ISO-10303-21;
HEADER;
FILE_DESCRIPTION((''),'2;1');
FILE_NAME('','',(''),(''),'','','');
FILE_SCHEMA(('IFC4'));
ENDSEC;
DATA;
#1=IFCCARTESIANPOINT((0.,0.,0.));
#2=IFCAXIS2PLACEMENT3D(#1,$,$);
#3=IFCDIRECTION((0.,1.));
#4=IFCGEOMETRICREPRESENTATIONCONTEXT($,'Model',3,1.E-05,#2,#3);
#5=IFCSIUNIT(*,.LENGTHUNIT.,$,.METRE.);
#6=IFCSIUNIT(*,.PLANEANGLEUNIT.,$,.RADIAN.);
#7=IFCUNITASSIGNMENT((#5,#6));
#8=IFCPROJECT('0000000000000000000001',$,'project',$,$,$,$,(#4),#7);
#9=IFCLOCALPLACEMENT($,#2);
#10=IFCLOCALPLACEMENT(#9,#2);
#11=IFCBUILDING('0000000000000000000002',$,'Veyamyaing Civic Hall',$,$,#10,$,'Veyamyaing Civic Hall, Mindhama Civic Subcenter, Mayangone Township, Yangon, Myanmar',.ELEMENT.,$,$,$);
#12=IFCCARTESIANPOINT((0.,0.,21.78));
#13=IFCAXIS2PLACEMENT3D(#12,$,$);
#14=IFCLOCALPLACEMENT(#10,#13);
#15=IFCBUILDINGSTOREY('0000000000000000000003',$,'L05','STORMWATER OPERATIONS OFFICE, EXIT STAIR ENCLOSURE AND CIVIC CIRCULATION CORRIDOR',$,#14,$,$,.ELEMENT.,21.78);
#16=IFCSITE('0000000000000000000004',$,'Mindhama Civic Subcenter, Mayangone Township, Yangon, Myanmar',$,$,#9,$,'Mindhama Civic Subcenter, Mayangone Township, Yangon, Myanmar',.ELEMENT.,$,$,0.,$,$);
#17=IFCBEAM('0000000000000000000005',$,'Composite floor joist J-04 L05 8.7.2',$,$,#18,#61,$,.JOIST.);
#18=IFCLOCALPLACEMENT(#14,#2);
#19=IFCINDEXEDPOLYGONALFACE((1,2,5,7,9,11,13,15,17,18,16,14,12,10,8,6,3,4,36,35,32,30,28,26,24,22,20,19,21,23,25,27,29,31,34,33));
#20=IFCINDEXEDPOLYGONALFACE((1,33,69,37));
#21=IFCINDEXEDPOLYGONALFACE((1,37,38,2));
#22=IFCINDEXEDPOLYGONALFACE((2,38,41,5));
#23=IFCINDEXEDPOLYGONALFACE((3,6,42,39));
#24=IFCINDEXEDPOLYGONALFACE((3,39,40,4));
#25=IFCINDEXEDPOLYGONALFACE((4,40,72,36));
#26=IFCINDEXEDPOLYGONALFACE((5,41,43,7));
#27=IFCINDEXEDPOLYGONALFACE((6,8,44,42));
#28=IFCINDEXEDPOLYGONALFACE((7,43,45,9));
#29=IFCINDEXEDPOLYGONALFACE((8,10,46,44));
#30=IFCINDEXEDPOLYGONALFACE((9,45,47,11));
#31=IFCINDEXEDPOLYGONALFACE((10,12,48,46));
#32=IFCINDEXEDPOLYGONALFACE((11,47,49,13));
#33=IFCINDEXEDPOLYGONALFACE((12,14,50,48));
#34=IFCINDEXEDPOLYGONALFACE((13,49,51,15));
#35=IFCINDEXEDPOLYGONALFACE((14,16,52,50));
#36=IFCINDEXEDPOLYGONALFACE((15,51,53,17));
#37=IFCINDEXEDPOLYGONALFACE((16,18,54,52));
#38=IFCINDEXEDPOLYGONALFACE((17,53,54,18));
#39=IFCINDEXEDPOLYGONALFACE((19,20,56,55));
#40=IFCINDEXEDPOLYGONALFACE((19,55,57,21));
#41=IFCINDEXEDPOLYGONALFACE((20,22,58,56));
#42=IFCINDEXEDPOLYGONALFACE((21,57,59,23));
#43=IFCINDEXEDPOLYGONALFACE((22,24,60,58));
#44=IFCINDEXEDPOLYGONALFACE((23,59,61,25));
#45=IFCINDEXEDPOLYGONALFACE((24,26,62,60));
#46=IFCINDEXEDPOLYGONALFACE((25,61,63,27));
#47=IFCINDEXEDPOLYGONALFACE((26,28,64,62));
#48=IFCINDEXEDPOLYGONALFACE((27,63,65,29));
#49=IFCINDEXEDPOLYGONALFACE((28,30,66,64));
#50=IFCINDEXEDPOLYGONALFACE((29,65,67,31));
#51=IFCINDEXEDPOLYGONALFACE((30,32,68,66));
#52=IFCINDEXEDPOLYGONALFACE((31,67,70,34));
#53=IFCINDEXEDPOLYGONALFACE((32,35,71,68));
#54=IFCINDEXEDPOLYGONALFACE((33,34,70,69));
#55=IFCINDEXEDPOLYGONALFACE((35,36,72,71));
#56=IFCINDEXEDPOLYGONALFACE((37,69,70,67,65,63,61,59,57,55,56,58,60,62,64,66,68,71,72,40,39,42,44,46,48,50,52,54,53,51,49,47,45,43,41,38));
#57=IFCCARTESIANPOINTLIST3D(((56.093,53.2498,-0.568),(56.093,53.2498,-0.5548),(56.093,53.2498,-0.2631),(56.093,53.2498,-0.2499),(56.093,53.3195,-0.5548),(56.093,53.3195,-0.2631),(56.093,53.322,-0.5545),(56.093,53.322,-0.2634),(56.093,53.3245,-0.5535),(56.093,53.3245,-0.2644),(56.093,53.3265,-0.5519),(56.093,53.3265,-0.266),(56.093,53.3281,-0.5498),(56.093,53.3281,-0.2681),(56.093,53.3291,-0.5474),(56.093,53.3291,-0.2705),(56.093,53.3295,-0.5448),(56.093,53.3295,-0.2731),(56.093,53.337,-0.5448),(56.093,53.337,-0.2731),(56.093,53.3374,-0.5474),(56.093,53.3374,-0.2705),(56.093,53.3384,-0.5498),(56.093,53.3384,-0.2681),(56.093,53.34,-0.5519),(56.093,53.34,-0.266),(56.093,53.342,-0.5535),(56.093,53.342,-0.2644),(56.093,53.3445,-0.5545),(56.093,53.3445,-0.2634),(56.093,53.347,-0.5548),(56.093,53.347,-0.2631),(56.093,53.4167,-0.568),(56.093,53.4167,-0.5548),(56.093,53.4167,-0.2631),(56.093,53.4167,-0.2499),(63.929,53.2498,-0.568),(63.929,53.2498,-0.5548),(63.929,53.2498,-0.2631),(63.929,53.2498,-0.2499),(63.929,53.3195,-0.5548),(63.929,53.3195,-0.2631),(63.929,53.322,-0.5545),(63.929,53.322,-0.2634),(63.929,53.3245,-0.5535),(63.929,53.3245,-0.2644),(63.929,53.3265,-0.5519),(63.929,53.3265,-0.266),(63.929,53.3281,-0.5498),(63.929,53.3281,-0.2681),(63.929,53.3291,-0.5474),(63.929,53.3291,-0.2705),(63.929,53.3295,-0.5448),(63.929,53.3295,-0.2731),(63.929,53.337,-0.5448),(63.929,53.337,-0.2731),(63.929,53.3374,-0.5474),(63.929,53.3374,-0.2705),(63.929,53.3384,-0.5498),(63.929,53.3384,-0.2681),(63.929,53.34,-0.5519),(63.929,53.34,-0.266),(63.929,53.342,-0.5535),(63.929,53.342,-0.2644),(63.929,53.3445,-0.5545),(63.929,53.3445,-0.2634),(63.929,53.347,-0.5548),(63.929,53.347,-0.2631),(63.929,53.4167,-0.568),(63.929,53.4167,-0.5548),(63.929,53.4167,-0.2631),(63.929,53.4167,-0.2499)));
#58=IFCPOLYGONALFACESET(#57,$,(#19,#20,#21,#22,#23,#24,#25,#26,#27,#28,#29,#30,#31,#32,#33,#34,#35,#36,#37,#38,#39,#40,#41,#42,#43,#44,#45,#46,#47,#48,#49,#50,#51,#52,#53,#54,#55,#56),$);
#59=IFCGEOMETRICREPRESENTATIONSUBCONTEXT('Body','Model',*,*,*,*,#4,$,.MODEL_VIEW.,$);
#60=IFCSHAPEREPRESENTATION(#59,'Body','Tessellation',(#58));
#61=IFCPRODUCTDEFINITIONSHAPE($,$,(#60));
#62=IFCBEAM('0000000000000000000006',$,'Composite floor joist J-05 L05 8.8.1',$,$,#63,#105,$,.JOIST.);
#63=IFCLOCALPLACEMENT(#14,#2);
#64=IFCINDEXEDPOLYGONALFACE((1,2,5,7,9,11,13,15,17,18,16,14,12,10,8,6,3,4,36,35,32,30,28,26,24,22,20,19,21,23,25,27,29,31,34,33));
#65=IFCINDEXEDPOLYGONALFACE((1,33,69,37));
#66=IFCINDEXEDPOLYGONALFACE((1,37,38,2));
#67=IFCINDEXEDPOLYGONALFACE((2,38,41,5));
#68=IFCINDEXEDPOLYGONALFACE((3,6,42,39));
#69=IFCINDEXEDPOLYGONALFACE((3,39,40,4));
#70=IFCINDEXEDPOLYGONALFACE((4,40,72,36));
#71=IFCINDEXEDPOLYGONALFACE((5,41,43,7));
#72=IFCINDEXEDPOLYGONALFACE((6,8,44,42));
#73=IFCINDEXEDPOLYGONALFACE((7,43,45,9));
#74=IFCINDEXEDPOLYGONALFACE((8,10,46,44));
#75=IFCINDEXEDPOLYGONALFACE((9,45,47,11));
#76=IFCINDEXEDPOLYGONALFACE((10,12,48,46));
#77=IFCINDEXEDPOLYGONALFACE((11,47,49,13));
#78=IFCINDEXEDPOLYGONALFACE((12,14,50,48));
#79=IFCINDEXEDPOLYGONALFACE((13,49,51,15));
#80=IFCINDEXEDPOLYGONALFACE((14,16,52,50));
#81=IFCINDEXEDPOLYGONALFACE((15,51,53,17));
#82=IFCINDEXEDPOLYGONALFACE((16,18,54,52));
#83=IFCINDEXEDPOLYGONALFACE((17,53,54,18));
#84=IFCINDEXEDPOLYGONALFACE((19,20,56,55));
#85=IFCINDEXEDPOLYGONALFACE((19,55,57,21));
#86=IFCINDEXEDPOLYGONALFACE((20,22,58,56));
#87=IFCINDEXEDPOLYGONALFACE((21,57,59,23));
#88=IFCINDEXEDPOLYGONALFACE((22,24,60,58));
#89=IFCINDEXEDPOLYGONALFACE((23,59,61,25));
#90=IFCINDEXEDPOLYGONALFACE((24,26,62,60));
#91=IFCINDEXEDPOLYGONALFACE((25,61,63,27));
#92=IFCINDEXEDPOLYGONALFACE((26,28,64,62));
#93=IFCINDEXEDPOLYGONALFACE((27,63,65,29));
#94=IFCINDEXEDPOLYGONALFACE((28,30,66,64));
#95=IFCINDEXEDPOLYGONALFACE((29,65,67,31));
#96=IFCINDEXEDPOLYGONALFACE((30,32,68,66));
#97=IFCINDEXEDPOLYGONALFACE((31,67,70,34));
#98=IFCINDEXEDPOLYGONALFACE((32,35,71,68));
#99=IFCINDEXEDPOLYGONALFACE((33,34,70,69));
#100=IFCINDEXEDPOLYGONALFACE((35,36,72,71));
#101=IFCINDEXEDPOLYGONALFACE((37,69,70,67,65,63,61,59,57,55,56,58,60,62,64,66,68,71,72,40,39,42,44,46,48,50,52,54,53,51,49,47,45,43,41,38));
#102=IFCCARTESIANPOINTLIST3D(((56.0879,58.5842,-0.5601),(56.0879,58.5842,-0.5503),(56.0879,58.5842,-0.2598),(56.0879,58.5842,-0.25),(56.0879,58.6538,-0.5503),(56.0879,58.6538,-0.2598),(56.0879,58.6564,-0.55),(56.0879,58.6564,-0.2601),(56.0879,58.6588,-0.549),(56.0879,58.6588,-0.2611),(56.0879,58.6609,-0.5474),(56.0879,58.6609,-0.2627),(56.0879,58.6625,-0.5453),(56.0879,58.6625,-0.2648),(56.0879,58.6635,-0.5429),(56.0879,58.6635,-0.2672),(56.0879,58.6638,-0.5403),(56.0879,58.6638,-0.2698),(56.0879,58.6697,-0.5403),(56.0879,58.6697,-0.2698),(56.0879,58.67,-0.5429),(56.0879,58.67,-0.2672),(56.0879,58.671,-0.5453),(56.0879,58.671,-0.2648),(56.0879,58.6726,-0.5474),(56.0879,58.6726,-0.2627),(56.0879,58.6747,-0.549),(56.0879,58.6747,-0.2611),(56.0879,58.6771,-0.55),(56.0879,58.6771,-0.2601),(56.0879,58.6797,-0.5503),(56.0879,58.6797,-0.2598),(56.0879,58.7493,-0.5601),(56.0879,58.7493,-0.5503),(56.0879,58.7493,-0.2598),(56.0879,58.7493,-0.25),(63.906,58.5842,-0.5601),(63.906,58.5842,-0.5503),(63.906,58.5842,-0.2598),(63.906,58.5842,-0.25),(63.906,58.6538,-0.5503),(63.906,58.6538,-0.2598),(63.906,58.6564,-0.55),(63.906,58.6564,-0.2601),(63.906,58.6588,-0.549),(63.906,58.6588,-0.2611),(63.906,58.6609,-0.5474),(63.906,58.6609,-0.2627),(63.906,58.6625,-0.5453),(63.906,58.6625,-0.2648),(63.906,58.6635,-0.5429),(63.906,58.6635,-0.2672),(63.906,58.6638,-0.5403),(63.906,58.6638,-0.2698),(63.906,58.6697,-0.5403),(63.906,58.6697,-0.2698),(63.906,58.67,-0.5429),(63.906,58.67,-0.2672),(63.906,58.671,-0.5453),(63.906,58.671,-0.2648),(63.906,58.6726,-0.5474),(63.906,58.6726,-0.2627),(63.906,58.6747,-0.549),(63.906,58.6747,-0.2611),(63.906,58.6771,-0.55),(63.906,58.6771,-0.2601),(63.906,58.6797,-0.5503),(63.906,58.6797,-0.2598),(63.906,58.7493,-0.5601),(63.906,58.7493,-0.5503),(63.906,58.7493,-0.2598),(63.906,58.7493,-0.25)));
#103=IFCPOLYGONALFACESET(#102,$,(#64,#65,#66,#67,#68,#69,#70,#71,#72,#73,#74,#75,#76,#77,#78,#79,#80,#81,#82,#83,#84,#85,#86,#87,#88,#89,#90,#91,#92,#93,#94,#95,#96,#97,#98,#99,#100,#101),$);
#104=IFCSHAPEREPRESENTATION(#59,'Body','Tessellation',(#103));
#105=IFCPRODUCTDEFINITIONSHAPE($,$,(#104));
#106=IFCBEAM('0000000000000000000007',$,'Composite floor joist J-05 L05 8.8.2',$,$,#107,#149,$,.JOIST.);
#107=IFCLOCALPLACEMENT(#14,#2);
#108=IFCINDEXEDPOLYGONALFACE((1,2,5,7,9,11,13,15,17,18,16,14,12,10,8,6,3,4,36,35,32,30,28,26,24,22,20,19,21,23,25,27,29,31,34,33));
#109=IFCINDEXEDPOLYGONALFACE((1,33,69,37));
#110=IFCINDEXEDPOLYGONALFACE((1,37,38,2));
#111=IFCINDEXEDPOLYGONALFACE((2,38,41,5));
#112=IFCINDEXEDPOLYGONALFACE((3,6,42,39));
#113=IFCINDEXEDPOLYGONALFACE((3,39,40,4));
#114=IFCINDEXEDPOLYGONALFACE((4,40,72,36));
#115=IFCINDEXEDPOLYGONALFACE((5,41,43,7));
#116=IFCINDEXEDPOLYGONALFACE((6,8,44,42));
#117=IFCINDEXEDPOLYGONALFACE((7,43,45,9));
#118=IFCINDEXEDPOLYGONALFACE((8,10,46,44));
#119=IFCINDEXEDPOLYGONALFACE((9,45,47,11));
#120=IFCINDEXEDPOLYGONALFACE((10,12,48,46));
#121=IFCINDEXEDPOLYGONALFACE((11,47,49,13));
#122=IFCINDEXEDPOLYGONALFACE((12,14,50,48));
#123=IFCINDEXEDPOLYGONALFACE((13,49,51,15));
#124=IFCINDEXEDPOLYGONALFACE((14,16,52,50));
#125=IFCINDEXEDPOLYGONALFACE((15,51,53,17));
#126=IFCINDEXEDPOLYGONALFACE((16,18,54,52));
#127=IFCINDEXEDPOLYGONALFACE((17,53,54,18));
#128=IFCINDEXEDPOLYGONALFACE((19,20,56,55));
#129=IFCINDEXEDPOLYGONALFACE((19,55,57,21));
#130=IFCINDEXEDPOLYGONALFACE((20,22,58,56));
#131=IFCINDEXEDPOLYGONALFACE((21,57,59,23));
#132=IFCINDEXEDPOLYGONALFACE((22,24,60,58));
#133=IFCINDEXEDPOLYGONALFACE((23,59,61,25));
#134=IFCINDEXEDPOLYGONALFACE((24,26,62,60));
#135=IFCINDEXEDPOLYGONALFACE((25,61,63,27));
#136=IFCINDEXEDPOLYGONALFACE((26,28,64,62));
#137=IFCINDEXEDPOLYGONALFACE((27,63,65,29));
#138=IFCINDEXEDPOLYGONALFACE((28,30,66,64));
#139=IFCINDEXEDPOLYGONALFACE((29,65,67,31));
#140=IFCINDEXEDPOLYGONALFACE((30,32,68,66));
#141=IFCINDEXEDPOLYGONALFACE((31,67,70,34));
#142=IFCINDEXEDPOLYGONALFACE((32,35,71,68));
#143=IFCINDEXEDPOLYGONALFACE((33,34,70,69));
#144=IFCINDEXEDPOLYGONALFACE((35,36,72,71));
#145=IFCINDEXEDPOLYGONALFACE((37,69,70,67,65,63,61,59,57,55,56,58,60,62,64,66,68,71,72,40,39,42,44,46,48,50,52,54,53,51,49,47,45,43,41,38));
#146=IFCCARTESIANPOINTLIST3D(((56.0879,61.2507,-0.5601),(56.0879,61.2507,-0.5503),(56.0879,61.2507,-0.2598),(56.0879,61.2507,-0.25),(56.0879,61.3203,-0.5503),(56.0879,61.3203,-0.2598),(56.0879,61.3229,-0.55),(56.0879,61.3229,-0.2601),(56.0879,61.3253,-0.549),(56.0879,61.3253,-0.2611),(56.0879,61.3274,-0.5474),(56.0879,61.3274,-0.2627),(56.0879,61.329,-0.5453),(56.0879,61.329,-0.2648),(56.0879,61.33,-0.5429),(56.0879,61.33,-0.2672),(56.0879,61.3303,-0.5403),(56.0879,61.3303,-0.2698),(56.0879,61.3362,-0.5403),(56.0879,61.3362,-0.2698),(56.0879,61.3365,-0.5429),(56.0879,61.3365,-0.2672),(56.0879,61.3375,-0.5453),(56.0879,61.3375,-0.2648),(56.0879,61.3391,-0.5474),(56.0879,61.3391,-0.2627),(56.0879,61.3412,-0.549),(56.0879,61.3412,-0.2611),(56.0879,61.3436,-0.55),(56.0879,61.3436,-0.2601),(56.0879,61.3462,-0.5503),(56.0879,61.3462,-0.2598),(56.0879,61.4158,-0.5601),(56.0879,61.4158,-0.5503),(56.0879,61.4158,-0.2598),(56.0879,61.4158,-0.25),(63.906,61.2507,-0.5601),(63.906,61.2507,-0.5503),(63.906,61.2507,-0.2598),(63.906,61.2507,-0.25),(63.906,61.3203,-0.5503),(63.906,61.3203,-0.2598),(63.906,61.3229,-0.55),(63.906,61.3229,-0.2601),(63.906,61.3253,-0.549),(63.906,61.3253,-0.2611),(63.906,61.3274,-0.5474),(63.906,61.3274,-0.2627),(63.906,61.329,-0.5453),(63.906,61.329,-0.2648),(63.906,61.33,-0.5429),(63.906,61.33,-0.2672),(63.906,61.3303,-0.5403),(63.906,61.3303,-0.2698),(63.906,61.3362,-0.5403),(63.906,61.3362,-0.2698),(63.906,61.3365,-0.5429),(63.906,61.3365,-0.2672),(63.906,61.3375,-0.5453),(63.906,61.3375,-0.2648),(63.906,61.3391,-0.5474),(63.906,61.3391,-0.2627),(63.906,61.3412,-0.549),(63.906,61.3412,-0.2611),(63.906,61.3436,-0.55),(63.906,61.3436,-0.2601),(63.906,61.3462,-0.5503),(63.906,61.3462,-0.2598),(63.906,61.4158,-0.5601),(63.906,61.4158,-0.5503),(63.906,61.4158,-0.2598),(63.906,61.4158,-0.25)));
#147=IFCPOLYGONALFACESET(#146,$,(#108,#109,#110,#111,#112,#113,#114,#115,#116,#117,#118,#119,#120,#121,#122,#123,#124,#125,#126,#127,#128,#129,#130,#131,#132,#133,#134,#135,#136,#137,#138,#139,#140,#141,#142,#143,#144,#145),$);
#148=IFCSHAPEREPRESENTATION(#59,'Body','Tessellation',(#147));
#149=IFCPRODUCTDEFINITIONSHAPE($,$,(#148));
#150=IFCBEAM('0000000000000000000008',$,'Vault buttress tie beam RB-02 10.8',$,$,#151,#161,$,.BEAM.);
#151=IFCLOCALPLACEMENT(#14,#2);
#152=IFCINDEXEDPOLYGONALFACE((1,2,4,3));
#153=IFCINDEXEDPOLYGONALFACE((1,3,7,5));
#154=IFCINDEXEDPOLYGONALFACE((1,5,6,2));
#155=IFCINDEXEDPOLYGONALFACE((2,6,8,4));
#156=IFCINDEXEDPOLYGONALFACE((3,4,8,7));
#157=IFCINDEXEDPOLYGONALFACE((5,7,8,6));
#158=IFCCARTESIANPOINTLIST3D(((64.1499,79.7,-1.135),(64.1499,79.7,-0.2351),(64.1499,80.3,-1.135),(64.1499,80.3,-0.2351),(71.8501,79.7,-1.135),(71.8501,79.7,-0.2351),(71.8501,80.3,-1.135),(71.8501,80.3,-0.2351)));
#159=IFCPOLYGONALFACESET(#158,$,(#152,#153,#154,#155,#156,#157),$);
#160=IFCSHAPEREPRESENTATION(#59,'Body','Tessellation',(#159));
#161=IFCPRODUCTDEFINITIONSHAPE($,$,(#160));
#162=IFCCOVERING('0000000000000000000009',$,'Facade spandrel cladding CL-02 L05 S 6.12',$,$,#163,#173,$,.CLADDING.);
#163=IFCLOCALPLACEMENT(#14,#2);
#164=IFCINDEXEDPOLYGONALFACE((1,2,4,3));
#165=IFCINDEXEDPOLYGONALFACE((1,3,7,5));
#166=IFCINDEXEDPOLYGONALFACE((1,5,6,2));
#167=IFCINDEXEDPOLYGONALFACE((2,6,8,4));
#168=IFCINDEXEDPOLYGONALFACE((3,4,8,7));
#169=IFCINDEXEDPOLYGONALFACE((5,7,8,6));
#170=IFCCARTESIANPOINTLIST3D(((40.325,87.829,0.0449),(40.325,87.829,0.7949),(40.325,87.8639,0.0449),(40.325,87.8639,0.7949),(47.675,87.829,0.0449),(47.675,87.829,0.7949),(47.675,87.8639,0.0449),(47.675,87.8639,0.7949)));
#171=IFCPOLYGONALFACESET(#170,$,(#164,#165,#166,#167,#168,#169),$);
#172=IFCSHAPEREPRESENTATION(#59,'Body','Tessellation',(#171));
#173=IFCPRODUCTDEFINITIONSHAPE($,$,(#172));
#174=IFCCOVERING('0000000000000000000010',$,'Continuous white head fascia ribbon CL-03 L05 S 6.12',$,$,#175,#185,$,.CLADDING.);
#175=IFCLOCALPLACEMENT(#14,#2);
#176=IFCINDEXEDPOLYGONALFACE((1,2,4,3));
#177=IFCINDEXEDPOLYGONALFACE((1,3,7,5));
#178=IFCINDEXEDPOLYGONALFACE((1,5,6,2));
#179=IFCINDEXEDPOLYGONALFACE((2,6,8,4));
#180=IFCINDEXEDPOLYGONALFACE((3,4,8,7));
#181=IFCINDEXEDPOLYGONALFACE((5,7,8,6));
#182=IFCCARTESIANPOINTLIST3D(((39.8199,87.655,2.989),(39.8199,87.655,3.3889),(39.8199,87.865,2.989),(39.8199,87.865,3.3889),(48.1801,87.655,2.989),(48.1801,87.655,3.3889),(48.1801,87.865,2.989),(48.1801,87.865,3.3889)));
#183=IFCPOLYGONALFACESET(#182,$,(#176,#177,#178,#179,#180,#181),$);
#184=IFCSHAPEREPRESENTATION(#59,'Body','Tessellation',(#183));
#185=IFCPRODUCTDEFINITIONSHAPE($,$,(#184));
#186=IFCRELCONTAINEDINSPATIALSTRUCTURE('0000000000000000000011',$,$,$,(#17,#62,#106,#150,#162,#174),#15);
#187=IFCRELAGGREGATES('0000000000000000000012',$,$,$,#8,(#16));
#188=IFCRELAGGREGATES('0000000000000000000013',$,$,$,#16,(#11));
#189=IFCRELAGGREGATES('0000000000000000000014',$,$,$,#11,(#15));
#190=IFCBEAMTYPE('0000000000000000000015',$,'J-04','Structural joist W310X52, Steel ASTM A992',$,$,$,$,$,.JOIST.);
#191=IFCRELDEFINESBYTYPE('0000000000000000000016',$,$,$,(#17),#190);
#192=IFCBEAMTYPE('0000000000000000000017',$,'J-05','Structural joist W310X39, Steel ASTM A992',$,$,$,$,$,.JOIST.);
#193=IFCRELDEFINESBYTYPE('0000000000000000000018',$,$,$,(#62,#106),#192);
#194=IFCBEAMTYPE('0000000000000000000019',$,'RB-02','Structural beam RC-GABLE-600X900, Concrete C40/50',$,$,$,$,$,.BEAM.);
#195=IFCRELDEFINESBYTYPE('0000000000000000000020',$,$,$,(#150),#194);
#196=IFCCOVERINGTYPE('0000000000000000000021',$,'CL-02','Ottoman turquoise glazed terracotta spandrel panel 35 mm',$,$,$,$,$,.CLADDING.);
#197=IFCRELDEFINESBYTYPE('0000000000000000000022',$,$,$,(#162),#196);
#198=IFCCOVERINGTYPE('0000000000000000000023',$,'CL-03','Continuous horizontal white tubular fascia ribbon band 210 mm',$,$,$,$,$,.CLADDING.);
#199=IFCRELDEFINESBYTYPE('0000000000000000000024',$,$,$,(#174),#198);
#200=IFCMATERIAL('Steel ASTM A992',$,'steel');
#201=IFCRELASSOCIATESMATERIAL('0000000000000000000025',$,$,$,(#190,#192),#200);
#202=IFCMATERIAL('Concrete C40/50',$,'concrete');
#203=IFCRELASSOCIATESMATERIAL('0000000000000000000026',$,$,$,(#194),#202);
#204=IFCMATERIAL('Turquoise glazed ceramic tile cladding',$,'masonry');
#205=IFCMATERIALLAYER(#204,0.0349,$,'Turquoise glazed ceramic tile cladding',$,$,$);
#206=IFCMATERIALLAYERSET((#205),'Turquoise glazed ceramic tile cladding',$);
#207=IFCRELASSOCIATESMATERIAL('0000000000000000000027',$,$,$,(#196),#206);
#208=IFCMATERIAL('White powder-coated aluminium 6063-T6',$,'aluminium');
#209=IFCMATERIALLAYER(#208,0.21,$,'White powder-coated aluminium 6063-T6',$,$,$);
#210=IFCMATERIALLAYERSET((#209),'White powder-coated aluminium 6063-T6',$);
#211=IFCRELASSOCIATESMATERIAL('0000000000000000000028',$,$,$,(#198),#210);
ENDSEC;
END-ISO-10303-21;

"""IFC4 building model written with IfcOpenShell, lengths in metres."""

from ifc_helpers import new_model, si_unit, direction, frame, origin, origin_2d, place, context, subcontext, project, spatial, rectangle, i_section, extrude, material, layer, layer_set, material_profile, profile_set, type_object, element, save


model = new_model("IFC4")

# Units and contexts
model_context = context("Model", 3, precision=1e-05, world=origin(), true_north=direction((0.0, 1.0)))
body_context = subcontext(model_context, "Body", "Model", "MODEL_VIEW")
ifc_project = project(units=[si_unit("LENGTHUNIT", "METRE"), si_unit("PLANEANGLEUNIT", "RADIAN")], contexts=[model_context])

# Site, building, storey
site_placement = place(None, origin())
site = spatial("IfcSite", under=ifc_project, at=site_placement, Name="Mindhama Civic Subcenter, Mayangone Township, Yangon, Myanmar", LongName="Mindhama Civic Subcenter, Mayangone Township, Yangon, Myanmar", CompositionType="ELEMENT", RefElevation=0.0)
building_placement = place(site_placement, origin())
building = spatial("IfcBuilding", under=site, at=building_placement, Name="Veyamyaing Civic Hall", LongName="Veyamyaing Civic Hall, Mindhama Civic Subcenter, Mayangone Township, Yangon, Myanmar", CompositionType="ELEMENT")
storey_placement = place(building_placement, frame((0.0, 0.0, 21.78)))
storey = spatial("IfcBuildingStorey", under=building, at=storey_placement, Name="L05", Description="STORMWATER OPERATIONS OFFICE, EXIT STAIR ENCLOSURE AND CIVIC CIRCULATION CORRIDOR", CompositionType="ELEMENT", Elevation=21.78)

# Beams
ifc_material_1 = material(Name="Steel ASTM A992", Category="steel")
ifc_material_profile_1 = material_profile(ifc_material_1, i_section(OverallWidth=0.167, OverallDepth=0.3181, WebThickness=0.0076, FlangeThickness=0.0132, FilletRadius=0.01, at=origin_2d()), Name="W310X52")
ifc_profile_set_1 = profile_set([ifc_material_profile_1], Name="Steel ASTM A992")
beam_type_1 = type_object("IfcBeamType", Name="J-04", Description="Structural joist W310X52, Steel ASTM A992", PredefinedType="JOIST", material=ifc_profile_set_1)
for number, where, z_axis, x_axis, name in (
    (1, (56.093, 53.3333, -0.4089), (1.0, 0.0, 0.0), (0.0, 1.0, 0.0), "Composite floor joist J-04 L05 8.7.2"),
):
    element("IfcBeam", number, at=place(storey_placement, frame(where, z_axis=z_axis, x_axis=x_axis)), inside=storey, type_object=beam_type_1, Name=name, PredefinedType="JOIST", context=body_context, shape_type="SweptSolid", body=[
        extrude(i_section(OverallWidth=0.167, OverallDepth=0.3181, WebThickness=0.0076, FlangeThickness=0.0132, FilletRadius=0.01, at=origin_2d()), origin(), (0.0, 0.0, 1.0), 7.8359),
    ])
ifc_material_profile_2 = material_profile(ifc_material_1, i_section(OverallWidth=0.165, OverallDepth=0.3101, WebThickness=0.0059, FlangeThickness=0.0098, FilletRadius=0.01, at=origin_2d()), Name="W310X39")
ifc_profile_set_2 = profile_set([ifc_material_profile_2], Name="Steel ASTM A992")
beam_type_2 = type_object("IfcBeamType", Name="J-05", Description="Structural joist W310X39, Steel ASTM A992", PredefinedType="JOIST", material=ifc_profile_set_2)
for number, where, z_axis, x_axis, name in (
    (2, (56.0879, 58.6667, -0.405), (1.0, 0.0, 0.0), (0.0, 1.0, 0.0), "Composite floor joist J-05 L05 8.8.1"),
    (3, (56.0879, 61.3333, -0.405), (1.0, 0.0, 0.0), (0.0, 1.0, 0.0), "Composite floor joist J-05 L05 8.8.2"),
):
    element("IfcBeam", number, at=place(storey_placement, frame(where, z_axis=z_axis, x_axis=x_axis)), inside=storey, type_object=beam_type_2, Name=name, PredefinedType="JOIST", context=body_context, shape_type="SweptSolid", body=[
        extrude(i_section(OverallWidth=0.165, OverallDepth=0.3101, WebThickness=0.0059, FlangeThickness=0.0098, FilletRadius=0.01, at=origin_2d()), origin(), (0.0, 0.0, 1.0), 7.8181),
    ])
ifc_material_2 = material(Name="Concrete C40/50", Category="concrete")
ifc_material_profile_3 = material_profile(ifc_material_2, rectangle(XDim=0.6001, YDim=0.8999, at=origin_2d()), Name="RC-GABLE-600X900")
ifc_profile_set_3 = profile_set([ifc_material_profile_3], Name="Concrete C40/50")
beam_type_3 = type_object("IfcBeamType", Name="RB-02", Description="Structural beam RC-GABLE-600X900, Concrete C40/50", PredefinedType="BEAM", material=ifc_profile_set_3)
beam_1_placement = place(storey_placement, frame((64.1499, 80.0, -0.6851), z_axis=(1.0, 0.0, 0.0), x_axis=(0.0, 1.0, 0.0)))
element("IfcBeam", 4, at=beam_1_placement, inside=storey, type_object=beam_type_3, Name="Vault buttress tie beam RB-02 10.8", PredefinedType="BEAM", context=body_context, shape_type="SweptSolid", body=[
    extrude(rectangle(XDim=0.6001, YDim=0.8999, at=origin_2d()), origin(), (0.0, 0.0, 1.0), 7.7002),
])

# Coverings
ifc_material_3 = material(Name="Turquoise glazed ceramic tile cladding", Category="masonry")
ifc_layer_1 = layer(ifc_material_3, 0.0349, Name="Turquoise glazed ceramic tile cladding")
ifc_layer_set_1 = layer_set([ifc_layer_1], Name="Turquoise glazed ceramic tile cladding")
covering_type_1 = type_object("IfcCoveringType", Name="CL-02", Description="Ottoman turquoise glazed terracotta spandrel panel 35 mm", PredefinedType="CLADDING", material=ifc_layer_set_1)
covering_placement = place(storey_placement, frame((44.0, 87.8464, 0.0449), z_axis=(0.0, 0.0, 1.0), x_axis=(1.0, 0.0, 0.0)))
element("IfcCovering", 5, at=covering_placement, inside=storey, type_object=covering_type_1, Name="Facade spandrel cladding CL-02 L05 S 6.12", PredefinedType="CLADDING", context=body_context, shape_type="SweptSolid", body=[
    extrude(rectangle(XDim=7.3501, YDim=0.0349, at=origin_2d()), origin(), (0.0, 0.0, 1.0), 0.75),
])
ifc_material_4 = material(Name="White powder-coated aluminium 6063-T6", Category="aluminium")
ifc_layer_2 = layer(ifc_material_4, 0.21, Name="White powder-coated aluminium 6063-T6")
ifc_layer_set_2 = layer_set([ifc_layer_2], Name="White powder-coated aluminium 6063-T6")
covering_type_2 = type_object("IfcCoveringType", Name="CL-03", Description="Continuous horizontal white tubular fascia ribbon band 210 mm", PredefinedType="CLADDING", material=ifc_layer_set_2)
for number, where, z_axis, x_axis, name in (
    (6, (44.0, 87.76, 2.989), (0.0, 0.0, 1.0), (1.0, 0.0, 0.0), "Continuous white head fascia ribbon CL-03 L05 S 6.12"),
):
    element("IfcCovering", number, at=place(storey_placement, frame(where, z_axis=z_axis, x_axis=x_axis)), inside=storey, type_object=covering_type_2, Name=name, PredefinedType="CLADDING", context=body_context, shape_type="SweptSolid", body=[
        extrude(rectangle(XDim=8.3601, YDim=0.21, at=origin_2d()), origin(), (0.0, 0.0, 1.0), 0.3999),
    ])

save(model, "model.ifc")
